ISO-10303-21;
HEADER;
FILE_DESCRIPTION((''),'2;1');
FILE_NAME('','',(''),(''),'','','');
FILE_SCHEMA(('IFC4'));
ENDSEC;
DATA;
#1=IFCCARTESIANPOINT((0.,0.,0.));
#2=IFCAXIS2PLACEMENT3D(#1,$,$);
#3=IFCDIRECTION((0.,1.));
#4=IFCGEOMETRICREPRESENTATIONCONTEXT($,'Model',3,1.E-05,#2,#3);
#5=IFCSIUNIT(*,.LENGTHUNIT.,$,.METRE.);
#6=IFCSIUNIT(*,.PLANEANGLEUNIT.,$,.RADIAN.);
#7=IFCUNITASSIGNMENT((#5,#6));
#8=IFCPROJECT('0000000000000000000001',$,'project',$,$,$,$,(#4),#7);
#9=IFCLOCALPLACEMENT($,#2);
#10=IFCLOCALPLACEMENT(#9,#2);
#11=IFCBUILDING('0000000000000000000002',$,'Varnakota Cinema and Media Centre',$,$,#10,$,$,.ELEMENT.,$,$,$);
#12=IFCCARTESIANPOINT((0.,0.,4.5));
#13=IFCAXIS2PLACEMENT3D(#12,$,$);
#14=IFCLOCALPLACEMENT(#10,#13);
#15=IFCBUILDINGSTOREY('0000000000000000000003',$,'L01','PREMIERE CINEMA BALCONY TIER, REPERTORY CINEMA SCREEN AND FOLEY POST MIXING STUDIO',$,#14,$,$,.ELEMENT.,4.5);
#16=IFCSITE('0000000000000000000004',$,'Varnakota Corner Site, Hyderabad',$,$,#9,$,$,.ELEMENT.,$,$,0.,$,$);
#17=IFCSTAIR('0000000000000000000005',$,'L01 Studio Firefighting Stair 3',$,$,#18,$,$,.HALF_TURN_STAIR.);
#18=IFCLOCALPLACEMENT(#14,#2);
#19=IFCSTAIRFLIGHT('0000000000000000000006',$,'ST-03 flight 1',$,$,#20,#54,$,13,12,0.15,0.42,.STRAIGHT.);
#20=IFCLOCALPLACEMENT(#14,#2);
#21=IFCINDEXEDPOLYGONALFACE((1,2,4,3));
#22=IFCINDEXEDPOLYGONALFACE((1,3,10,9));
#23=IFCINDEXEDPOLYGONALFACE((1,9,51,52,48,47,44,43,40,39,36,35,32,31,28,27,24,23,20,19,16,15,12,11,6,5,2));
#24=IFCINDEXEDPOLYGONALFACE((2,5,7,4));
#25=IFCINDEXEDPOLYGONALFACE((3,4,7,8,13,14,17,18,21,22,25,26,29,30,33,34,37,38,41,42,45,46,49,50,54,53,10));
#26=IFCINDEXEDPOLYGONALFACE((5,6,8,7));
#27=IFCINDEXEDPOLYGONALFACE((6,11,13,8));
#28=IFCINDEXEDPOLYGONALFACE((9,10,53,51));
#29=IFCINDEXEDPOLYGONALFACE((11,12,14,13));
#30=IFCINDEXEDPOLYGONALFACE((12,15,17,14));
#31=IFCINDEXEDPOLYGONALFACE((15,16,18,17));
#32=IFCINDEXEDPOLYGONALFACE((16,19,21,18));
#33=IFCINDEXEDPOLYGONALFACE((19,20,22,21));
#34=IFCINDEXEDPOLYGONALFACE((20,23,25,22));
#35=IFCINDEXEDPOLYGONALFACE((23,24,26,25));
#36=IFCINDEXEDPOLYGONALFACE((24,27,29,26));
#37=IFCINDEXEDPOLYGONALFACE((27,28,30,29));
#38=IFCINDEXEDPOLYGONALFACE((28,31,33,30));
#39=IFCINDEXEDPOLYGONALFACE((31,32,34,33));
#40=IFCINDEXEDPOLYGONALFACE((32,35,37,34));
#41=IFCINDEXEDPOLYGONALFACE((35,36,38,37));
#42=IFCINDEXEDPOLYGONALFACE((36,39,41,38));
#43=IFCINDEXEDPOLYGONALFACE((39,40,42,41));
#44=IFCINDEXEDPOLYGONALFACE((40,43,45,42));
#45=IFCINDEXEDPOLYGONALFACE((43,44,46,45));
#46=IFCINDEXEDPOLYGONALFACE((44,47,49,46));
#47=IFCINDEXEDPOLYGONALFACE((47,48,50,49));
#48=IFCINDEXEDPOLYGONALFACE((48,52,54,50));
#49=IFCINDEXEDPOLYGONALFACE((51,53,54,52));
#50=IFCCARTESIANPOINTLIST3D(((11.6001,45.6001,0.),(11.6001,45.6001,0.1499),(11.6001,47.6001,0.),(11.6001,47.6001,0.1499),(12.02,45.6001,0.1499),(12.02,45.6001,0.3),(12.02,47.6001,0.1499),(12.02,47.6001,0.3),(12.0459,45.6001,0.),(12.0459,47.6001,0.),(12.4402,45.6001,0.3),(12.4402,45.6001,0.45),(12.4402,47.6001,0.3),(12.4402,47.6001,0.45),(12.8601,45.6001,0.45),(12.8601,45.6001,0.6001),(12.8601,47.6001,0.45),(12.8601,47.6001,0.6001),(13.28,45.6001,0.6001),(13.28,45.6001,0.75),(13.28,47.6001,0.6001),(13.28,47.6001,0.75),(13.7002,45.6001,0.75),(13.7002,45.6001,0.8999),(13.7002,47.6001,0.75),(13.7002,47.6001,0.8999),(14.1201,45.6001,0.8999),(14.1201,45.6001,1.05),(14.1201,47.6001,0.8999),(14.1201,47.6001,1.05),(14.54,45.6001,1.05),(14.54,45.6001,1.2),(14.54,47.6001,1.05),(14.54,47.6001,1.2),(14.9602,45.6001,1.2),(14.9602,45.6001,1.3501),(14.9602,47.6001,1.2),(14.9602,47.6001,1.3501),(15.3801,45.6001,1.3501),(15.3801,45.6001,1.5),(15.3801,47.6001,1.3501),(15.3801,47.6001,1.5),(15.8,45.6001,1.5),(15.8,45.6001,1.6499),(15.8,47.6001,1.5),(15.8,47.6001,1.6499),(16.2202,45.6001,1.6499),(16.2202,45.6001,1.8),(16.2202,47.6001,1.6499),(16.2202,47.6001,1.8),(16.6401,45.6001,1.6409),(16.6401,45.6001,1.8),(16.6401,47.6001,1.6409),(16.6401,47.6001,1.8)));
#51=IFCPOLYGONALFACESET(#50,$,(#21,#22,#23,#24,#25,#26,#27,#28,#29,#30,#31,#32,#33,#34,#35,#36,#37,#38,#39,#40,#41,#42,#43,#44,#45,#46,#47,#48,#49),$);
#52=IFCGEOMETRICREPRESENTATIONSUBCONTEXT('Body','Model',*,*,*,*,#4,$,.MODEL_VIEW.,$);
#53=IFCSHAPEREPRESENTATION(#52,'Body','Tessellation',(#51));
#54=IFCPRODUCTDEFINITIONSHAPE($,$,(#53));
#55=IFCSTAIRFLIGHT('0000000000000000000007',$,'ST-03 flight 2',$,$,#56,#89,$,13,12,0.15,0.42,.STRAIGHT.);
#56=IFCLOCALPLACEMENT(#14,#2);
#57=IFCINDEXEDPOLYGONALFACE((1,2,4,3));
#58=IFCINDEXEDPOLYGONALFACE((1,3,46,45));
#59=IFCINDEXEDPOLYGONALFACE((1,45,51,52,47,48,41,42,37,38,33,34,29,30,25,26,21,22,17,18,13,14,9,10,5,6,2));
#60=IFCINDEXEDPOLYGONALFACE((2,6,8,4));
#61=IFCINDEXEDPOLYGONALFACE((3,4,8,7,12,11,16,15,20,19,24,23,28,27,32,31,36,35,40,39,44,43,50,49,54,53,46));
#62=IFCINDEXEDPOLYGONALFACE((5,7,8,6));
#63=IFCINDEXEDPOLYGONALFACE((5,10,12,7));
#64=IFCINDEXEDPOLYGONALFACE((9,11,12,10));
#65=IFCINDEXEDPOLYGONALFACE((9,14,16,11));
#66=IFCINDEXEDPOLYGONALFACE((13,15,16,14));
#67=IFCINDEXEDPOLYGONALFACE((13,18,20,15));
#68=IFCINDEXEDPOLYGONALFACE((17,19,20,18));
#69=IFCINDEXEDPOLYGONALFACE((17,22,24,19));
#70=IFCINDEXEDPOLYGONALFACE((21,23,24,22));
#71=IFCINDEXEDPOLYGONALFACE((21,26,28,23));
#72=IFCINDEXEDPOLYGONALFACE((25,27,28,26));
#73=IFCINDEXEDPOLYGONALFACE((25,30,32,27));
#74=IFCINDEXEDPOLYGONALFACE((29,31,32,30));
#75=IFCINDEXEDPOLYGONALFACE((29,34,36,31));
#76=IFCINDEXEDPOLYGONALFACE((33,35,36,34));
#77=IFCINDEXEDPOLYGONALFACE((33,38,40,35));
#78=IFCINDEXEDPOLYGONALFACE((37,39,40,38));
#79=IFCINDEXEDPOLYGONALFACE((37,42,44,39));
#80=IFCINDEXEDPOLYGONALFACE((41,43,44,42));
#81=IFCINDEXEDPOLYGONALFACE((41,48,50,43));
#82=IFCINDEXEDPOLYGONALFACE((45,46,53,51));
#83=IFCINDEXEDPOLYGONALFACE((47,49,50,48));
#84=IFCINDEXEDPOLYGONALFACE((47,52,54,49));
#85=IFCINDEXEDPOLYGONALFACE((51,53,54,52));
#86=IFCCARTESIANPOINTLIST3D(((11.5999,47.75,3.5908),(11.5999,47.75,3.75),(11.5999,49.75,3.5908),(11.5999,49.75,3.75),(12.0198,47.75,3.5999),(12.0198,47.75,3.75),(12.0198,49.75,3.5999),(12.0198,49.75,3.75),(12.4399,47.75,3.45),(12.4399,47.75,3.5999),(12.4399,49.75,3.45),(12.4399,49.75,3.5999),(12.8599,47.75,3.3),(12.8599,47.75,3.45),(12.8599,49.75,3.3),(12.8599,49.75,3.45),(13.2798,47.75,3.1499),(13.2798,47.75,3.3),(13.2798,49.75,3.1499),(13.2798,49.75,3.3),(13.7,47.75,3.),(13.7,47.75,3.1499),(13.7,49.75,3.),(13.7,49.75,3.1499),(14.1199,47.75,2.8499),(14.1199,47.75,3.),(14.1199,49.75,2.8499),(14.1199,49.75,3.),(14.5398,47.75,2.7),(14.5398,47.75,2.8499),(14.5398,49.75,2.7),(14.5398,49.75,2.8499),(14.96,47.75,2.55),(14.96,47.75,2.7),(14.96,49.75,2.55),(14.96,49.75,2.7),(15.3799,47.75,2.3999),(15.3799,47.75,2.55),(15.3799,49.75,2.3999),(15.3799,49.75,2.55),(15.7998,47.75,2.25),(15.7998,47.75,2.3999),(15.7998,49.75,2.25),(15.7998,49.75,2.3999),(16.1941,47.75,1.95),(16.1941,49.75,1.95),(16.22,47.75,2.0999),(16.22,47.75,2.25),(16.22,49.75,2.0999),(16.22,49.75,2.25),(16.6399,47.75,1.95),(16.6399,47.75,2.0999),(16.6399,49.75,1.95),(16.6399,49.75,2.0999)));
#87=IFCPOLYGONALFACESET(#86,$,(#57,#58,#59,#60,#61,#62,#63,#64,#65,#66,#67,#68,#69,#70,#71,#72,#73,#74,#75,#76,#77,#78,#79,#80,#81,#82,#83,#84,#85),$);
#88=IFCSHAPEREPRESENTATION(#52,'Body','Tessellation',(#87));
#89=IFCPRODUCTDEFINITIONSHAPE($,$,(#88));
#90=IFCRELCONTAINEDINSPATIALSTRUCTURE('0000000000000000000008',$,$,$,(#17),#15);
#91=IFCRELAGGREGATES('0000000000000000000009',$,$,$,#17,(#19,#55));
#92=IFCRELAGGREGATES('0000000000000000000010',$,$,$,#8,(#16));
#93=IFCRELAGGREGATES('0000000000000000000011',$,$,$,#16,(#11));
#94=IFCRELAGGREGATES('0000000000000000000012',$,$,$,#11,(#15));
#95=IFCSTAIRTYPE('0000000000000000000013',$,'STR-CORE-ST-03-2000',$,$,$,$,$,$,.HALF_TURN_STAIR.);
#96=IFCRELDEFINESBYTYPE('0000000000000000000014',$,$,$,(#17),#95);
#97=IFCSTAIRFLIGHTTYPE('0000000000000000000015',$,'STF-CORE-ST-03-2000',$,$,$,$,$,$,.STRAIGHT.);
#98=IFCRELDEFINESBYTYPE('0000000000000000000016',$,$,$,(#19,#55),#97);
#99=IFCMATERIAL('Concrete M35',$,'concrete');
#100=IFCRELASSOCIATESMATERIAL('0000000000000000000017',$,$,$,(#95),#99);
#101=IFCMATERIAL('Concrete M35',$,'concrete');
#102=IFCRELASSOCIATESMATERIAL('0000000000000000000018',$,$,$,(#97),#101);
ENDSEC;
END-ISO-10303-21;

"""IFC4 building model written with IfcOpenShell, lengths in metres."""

from ifc_helpers import new_model, si_unit, direction, frame, origin, place, context, subcontext, project, spatial, polyline, outline, extrude, material, type_object, element, aggregate, save


model = new_model("IFC4")

# Units and contexts
model_context = context("Model", 3, precision=1e-05, world=origin(), true_north=direction((0.0, 1.0)))
body_context = subcontext(model_context, "Body", "Model", "MODEL_VIEW")
ifc_project = project(units=[si_unit("LENGTHUNIT", "METRE"), si_unit("PLANEANGLEUNIT", "RADIAN")], contexts=[model_context])

# Site, building, storey
site_placement = place(None, origin())
site = spatial("IfcSite", under=ifc_project, at=site_placement, Name="Varnakota Corner Site, Hyderabad", CompositionType="ELEMENT", RefElevation=0.0)
building_placement = place(site_placement, origin())
building = spatial("IfcBuilding", under=site, at=building_placement, Name="Varnakota Cinema and Media Centre", CompositionType="ELEMENT")
storey_placement = place(building_placement, frame((0.0, 0.0, 4.5)))
storey = spatial("IfcBuildingStorey", under=building, at=storey_placement, Name="L01", Description="PREMIERE CINEMA BALCONY TIER, REPERTORY CINEMA SCREEN AND FOLEY POST MIXING STUDIO", CompositionType="ELEMENT", Elevation=4.5)

# Stair, stair flights
ifc_material_1 = material(Name="Concrete M35", Category="concrete")
stair_type = type_object("IfcStairType", Name="STR-CORE-ST-03-2000", PredefinedType="HALF_TURN_STAIR", material=ifc_material_1)
stair_placement = place(storey_placement, origin())
stair = element("IfcStair", 1, at=stair_placement, inside=storey, type_object=stair_type, Name="L01 Studio Firefighting Stair 3", PredefinedType="HALF_TURN_STAIR")
ifc_material_2 = material(Name="Concrete M35", Category="concrete")
stair_flight_type = type_object("IfcStairFlightType", Name="STF-CORE-ST-03-2000", PredefinedType="STRAIGHT", material=ifc_material_2)
stair_flight_1_placement = place(storey_placement, frame((11.6001, 46.6001, 0.0), z_axis=(0.0, 0.0, 1.0), x_axis=(1.0, 0.0, 0.0)))
stair_flight_1 = element("IfcStairFlight", 2, at=stair_flight_1_placement, type_object=stair_flight_type, Name="ST-03 flight 1", NumberOfRisers=13, NumberOfTreads=12, PredefinedType="STRAIGHT", RiserHeight=0.15, TreadLength=0.42, context=body_context, shape_type="SweptSolid", body=[
    extrude(outline(polyline([(0.0, 0.0), (0.0, 0.1499), (0.4199, 0.1499), (0.4199, 0.3), (0.8401, 0.3), (0.8401, 0.45), (1.26, 0.45), (1.26, 0.6001), (1.6799, 0.6001), (1.6799, 0.75), (2.1001, 0.75), (2.1001, 0.8999), (2.52, 0.8999), (2.52, 1.05), (2.9399, 1.05), (2.9399, 1.2), (3.3601, 1.2), (3.3601, 1.3501), (3.78, 1.3501), (3.78, 1.5), (4.2, 1.5), (4.2, 1.6499), (4.6201, 1.6499), (4.6201, 1.8), (5.04, 1.8), (5.04, 1.95), (5.04, 1.6409), (0.4458, 0.0), (0.0, 0.0)])), frame((0.0, 1.0, 0.0), z_axis=(0.0, -1.0, 0.0), x_axis=(1.0, 0.0, 0.0)), (0.0, 0.0, 1.0), 2.0),
])
stair_flight_2_placement = place(storey_placement, frame((16.6399, 48.75, 1.95), z_axis=(0.0, 0.0, 1.0), x_axis=(-1.0, 0.0, 0.0)))
stair_flight_2 = element("IfcStairFlight", 3, at=stair_flight_2_placement, type_object=stair_flight_type, Name="ST-03 flight 2", NumberOfRisers=13, NumberOfTreads=12, PredefinedType="STRAIGHT", RiserHeight=0.15, TreadLength=0.42, context=body_context, shape_type="SweptSolid", body=[
    extrude(outline(polyline([(0.0, 0.0), (0.0, 0.1499), (0.4199, 0.1499), (0.4199, 0.3), (0.8401, 0.3), (0.8401, 0.45), (1.26, 0.45), (1.26, 0.6001), (1.6799, 0.6001), (1.6799, 0.75), (2.1001, 0.75), (2.1001, 0.8999), (2.52, 0.8999), (2.52, 1.05), (2.9399, 1.05), (2.9399, 1.2), (3.3601, 1.2), (3.3601, 1.3501), (3.78, 1.3501), (3.78, 1.5), (4.2, 1.5), (4.2, 1.6499), (4.6201, 1.6499), (4.6201, 1.8), (5.04, 1.8), (5.04, 1.95), (5.04, 1.6409), (0.4458, 0.0), (0.0, 0.0)])), frame((0.0, 1.0, 0.0), z_axis=(0.0, -1.0, 0.0), x_axis=(1.0, 0.0, 0.0)), (0.0, 0.0, 1.0), 2.0),
])
aggregate(stair, [stair_flight_1, stair_flight_2])

save(model, "model.ifc")
